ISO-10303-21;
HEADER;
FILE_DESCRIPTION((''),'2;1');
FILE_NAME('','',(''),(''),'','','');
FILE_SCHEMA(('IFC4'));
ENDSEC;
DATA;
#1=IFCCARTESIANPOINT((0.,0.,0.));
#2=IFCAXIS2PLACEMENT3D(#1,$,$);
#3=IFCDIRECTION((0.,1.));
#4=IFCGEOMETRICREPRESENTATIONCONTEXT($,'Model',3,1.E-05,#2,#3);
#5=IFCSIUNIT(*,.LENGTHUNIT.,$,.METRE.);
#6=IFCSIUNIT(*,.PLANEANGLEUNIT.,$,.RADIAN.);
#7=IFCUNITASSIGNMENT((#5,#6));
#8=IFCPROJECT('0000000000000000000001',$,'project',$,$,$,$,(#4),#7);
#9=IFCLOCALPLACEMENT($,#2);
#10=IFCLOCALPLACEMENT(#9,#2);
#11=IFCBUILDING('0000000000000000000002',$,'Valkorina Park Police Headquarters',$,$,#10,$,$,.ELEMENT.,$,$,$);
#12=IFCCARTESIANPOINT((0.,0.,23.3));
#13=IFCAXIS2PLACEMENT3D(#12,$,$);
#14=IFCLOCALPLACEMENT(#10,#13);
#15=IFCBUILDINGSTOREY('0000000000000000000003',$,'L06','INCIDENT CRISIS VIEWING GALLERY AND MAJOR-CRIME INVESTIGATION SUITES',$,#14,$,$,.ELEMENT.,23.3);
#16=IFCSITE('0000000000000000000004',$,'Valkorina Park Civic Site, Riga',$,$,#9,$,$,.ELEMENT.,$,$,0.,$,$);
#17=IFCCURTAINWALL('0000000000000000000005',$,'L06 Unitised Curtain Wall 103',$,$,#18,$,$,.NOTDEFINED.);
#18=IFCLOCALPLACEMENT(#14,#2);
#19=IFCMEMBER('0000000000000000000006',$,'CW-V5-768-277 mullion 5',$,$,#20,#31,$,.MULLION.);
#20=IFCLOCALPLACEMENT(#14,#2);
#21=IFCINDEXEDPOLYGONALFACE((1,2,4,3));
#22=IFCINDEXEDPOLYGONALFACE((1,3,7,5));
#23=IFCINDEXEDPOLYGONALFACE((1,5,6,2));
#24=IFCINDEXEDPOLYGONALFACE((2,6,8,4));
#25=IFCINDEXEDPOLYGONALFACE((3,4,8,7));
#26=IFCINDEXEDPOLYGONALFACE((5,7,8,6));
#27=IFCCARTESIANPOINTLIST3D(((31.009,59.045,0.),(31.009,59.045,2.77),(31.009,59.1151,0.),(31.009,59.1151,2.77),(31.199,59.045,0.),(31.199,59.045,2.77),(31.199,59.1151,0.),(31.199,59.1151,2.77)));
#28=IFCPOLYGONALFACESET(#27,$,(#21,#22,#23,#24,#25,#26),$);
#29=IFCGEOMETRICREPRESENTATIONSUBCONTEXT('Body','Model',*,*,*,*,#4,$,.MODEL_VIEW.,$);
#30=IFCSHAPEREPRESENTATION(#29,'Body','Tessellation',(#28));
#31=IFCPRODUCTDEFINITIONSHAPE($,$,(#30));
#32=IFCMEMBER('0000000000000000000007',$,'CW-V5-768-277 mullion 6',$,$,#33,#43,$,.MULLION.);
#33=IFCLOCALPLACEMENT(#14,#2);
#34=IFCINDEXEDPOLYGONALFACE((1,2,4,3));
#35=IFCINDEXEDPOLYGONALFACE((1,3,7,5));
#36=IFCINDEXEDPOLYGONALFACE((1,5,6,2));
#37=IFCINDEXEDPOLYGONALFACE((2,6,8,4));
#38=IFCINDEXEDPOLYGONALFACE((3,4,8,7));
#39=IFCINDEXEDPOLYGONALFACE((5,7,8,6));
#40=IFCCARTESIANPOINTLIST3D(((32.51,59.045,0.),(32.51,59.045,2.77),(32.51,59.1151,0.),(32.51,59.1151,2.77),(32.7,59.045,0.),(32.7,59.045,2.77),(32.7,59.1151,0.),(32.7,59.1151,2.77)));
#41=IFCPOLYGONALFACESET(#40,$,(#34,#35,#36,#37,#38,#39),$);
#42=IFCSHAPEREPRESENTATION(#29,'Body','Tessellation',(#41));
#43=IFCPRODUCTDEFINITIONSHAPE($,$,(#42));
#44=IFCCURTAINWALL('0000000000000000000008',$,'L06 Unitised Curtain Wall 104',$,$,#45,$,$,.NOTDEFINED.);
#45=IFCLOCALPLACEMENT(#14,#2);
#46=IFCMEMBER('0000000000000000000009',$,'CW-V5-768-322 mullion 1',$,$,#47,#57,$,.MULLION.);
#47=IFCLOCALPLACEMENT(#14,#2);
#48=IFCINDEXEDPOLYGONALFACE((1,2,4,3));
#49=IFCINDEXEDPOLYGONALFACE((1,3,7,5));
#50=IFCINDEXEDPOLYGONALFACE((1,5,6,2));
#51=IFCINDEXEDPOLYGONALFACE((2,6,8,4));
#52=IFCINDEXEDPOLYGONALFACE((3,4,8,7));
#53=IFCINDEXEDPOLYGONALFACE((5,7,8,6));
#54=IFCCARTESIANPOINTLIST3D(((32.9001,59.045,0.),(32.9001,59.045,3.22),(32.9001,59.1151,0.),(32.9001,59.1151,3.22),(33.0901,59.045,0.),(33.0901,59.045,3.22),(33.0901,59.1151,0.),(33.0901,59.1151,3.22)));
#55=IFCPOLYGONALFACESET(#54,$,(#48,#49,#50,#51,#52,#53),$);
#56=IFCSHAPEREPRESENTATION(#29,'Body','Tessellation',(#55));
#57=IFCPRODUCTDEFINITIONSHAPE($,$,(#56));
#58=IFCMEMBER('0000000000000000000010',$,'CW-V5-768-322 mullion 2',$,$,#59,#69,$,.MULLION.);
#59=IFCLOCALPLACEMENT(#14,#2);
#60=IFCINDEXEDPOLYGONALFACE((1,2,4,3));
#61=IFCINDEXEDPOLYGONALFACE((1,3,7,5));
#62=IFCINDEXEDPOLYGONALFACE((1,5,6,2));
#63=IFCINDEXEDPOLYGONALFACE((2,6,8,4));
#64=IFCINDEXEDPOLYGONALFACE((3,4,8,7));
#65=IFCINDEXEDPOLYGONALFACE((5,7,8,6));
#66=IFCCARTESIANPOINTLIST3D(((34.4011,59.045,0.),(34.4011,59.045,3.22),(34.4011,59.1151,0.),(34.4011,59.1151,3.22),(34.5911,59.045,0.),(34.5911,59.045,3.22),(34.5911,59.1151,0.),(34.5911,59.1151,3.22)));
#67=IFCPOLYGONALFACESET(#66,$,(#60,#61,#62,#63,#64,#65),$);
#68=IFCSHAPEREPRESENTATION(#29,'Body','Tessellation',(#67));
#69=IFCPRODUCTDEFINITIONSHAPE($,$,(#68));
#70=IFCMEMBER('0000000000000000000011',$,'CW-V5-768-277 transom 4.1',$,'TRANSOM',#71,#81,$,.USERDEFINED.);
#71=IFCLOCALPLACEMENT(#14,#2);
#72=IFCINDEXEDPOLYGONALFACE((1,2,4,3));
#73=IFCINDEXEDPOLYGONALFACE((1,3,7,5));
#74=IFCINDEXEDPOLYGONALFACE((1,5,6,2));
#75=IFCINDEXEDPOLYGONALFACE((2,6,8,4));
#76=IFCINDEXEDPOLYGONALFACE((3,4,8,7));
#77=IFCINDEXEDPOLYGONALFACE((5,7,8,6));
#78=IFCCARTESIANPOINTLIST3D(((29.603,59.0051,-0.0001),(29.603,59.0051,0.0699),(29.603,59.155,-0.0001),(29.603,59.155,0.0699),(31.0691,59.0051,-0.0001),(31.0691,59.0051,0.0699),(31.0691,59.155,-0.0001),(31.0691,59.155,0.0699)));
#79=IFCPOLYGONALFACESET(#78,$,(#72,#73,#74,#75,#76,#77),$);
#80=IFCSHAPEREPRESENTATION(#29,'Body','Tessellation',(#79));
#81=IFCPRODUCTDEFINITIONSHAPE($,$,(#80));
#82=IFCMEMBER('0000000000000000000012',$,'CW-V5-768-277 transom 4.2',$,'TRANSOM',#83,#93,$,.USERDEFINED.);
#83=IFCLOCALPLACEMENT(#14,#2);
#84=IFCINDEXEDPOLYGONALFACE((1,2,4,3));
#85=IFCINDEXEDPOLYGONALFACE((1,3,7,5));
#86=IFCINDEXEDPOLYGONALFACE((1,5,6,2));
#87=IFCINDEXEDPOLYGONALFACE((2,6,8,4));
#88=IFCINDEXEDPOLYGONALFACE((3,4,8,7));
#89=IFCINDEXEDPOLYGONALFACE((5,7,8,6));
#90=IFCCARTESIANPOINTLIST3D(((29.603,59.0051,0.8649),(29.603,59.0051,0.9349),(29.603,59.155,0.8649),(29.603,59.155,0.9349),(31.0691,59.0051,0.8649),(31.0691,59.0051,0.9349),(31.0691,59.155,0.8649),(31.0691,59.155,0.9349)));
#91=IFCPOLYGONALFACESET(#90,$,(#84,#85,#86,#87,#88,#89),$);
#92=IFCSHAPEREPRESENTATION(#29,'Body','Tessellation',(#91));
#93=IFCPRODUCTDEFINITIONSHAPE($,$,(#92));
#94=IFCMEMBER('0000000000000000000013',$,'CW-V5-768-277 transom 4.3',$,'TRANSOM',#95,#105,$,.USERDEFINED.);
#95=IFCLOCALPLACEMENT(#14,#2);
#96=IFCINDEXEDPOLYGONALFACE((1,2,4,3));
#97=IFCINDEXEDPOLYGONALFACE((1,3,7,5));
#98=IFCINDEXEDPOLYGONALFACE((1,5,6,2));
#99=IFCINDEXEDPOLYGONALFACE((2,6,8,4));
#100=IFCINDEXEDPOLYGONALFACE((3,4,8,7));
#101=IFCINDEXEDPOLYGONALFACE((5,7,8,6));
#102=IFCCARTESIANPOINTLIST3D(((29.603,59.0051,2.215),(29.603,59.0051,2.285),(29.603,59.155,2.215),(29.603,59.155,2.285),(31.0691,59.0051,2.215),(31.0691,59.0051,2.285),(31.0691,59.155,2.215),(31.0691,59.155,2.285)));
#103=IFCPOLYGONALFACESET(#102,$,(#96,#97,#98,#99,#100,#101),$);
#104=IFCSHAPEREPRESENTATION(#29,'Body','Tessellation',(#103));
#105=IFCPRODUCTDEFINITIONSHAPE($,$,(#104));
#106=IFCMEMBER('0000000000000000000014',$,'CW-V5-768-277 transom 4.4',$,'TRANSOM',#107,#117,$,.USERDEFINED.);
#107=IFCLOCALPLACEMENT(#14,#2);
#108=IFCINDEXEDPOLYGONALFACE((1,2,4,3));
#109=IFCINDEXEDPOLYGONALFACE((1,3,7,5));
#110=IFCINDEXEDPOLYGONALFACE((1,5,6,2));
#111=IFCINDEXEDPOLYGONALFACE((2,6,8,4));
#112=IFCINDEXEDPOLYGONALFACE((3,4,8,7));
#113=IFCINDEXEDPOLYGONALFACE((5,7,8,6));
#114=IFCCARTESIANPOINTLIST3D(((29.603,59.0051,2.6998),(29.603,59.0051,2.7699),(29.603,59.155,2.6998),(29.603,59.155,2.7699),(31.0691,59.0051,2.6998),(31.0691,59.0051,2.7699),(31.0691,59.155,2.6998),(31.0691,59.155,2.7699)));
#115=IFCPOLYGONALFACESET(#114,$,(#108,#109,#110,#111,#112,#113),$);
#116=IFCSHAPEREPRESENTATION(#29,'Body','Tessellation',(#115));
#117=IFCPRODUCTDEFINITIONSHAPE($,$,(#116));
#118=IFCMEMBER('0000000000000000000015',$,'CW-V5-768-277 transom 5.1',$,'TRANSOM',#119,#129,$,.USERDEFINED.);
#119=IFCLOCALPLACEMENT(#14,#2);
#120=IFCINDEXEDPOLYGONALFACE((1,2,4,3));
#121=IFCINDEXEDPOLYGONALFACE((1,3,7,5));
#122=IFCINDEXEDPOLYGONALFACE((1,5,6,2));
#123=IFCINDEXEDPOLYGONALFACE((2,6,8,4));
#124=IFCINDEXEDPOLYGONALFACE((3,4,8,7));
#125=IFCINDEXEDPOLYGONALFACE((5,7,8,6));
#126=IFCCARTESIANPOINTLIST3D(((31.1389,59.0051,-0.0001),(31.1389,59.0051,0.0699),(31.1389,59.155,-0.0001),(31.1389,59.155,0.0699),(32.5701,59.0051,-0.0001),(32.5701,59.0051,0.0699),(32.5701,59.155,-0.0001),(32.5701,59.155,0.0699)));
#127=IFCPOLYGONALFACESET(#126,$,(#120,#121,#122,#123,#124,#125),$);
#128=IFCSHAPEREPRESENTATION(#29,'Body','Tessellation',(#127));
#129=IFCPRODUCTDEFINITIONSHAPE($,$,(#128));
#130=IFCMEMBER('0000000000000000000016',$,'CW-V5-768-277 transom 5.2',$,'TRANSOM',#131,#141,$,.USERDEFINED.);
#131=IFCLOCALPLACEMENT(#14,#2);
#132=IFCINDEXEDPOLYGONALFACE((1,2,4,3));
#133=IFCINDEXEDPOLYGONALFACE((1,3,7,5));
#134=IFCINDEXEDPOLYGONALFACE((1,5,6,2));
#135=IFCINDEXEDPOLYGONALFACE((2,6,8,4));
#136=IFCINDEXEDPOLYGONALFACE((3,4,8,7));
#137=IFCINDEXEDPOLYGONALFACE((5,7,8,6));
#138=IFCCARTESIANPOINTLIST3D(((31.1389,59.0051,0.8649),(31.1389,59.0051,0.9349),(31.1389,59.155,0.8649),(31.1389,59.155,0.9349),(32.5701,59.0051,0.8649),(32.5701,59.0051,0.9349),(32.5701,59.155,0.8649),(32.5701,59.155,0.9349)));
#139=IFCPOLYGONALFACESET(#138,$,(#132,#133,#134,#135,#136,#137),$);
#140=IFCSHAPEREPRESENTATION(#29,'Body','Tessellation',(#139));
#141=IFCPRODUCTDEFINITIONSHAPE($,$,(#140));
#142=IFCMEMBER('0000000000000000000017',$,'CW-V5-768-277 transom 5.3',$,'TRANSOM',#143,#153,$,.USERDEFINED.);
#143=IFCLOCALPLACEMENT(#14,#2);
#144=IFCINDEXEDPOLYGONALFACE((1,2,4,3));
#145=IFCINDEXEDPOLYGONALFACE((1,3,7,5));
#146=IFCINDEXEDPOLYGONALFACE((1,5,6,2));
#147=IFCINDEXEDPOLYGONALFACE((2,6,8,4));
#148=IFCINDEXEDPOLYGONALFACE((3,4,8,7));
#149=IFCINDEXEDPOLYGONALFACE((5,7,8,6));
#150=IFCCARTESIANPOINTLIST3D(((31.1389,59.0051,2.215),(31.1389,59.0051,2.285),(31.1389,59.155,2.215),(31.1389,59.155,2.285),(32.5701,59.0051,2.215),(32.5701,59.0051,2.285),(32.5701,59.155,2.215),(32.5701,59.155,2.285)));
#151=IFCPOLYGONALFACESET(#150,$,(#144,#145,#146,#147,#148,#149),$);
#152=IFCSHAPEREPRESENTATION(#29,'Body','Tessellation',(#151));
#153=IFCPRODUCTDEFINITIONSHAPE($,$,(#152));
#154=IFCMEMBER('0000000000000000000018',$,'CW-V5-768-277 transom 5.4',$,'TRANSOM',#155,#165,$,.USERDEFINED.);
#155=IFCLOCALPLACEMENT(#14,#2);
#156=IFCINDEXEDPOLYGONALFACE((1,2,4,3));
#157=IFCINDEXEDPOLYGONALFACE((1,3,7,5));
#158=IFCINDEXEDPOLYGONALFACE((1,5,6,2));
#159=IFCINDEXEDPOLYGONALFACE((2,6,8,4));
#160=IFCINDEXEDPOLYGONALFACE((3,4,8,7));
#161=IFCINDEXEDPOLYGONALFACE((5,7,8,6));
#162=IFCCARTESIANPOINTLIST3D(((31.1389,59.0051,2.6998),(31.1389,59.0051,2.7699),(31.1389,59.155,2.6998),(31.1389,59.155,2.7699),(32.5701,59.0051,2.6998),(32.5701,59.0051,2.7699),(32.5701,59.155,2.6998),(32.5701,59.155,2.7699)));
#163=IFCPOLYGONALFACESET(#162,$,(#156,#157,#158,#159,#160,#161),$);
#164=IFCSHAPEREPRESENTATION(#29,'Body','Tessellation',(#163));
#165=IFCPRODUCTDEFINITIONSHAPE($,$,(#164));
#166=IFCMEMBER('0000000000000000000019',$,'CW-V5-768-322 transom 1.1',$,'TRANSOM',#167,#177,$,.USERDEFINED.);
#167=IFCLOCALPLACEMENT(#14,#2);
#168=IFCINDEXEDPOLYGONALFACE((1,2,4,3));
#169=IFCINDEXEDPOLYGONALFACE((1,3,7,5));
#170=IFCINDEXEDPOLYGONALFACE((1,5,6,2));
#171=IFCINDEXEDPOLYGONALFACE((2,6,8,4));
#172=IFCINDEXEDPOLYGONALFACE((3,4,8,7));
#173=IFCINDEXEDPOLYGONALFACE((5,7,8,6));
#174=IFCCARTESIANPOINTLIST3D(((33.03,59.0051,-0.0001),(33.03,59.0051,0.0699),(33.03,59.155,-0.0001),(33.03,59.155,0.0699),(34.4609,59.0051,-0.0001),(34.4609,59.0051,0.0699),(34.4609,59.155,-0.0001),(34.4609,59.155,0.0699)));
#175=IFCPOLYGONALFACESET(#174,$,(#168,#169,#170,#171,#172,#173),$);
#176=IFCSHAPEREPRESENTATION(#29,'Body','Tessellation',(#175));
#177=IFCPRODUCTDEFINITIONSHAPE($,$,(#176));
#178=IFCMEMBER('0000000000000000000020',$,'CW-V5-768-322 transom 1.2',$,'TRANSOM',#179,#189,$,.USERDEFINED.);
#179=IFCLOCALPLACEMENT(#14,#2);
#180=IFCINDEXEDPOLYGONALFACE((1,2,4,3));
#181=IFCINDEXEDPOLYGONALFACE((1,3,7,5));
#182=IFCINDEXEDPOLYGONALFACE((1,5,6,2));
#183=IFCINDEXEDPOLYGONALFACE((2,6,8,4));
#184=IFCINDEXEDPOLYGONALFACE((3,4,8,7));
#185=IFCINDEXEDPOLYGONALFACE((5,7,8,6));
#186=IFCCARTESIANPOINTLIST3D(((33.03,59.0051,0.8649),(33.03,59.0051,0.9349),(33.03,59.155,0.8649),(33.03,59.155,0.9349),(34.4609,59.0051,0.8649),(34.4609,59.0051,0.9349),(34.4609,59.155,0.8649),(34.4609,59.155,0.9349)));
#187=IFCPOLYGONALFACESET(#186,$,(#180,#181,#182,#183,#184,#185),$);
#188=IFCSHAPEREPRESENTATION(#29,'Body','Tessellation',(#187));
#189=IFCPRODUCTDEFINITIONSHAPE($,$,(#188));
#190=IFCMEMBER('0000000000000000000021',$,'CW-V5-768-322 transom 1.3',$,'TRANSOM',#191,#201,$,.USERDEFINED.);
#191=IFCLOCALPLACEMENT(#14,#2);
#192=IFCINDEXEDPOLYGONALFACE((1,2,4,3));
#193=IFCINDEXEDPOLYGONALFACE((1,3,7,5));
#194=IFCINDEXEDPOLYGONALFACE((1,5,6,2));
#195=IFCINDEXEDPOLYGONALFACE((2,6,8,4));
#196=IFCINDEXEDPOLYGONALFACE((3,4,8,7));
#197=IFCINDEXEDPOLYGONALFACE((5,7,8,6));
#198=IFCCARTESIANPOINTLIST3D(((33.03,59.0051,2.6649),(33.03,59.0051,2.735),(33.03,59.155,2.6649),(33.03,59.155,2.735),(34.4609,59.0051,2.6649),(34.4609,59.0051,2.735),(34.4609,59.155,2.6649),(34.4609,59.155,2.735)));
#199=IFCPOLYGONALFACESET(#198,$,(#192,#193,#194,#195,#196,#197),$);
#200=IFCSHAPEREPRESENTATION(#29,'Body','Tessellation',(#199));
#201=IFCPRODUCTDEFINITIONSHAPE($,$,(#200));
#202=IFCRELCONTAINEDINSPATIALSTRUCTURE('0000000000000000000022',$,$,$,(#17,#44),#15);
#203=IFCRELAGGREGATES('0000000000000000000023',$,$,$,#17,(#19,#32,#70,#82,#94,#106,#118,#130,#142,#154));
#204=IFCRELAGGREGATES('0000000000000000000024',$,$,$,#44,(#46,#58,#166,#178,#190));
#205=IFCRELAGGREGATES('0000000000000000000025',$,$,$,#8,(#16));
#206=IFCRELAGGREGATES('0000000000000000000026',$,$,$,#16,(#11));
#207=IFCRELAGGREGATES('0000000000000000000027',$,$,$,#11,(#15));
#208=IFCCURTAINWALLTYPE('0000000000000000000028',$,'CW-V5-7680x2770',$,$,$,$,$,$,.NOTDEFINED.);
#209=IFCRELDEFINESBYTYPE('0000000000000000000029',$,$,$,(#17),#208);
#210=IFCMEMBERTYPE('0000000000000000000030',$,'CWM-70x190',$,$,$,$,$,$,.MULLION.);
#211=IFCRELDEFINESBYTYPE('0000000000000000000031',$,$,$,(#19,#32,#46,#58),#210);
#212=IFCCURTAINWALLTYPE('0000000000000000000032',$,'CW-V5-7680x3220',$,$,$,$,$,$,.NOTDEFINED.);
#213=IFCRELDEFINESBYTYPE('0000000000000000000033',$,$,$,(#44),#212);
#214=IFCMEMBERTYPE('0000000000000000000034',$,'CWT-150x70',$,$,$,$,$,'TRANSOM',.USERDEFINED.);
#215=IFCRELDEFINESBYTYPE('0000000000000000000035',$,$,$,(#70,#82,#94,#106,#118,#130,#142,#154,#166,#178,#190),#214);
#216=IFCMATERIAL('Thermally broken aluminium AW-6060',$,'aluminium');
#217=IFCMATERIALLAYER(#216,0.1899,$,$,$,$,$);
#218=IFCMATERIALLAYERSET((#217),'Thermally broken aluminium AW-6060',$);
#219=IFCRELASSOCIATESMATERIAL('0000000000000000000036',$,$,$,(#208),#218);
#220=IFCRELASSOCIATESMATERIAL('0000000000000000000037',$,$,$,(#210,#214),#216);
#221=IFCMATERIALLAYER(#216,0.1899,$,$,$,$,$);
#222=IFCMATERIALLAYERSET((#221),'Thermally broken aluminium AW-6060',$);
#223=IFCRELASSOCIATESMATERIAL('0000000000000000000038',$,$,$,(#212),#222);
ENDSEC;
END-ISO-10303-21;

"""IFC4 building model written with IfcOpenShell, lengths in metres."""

from ifc_helpers import new_model, si_unit, direction, frame, origin, origin_2d, place, context, subcontext, project, spatial, rectangle, extrude, material, layer, layer_set, material_profile, profile_set, type_object, element, aggregate, save


model = new_model("IFC4")

# Units and contexts
model_context = context("Model", 3, precision=1e-05, world=origin(), true_north=direction((0.0, 1.0)))
body_context = subcontext(model_context, "Body", "Model", "MODEL_VIEW")
ifc_project = project(units=[si_unit("LENGTHUNIT", "METRE"), si_unit("PLANEANGLEUNIT", "RADIAN")], contexts=[model_context])

# Site, building, storey
site_placement = place(None, origin())
site = spatial("IfcSite", under=ifc_project, at=site_placement, Name="Valkorina Park Civic Site, Riga", CompositionType="ELEMENT", RefElevation=0.0)
building_placement = place(site_placement, origin())
building = spatial("IfcBuilding", under=site, at=building_placement, Name="Valkorina Park Police Headquarters", CompositionType="ELEMENT")
storey_placement = place(building_placement, frame((0.0, 0.0, 23.3)))
storey = spatial("IfcBuildingStorey", under=building, at=storey_placement, Name="L06", Description="INCIDENT CRISIS VIEWING GALLERY AND MAJOR-CRIME INVESTIGATION SUITES", CompositionType="ELEMENT", Elevation=23.3)

# Curtain walls, members
ifc_material_1 = material(Name="Thermally broken aluminium AW-6060", Category="aluminium")
ifc_layer_1 = layer(ifc_material_1, 0.1899)
ifc_layer_set_1 = layer_set([ifc_layer_1], Name="Thermally broken aluminium AW-6060")
curtain_wall_type_1 = type_object("IfcCurtainWallType", Name="CW-V5-7680x2770", PredefinedType="NOTDEFINED", material=ifc_layer_set_1)
curtain_wall_1_placement = place(storey_placement, origin())
curtain_wall_1 = element("IfcCurtainWall", 1, at=curtain_wall_1_placement, inside=storey, type_object=curtain_wall_type_1, Name="L06 Unitised Curtain Wall 103", PredefinedType="NOTDEFINED")
ifc_material_profile_1 = material_profile(ifc_material_1, rectangle(XDim=0.0701, YDim=0.1899, at=origin_2d()), Name="CWM-02 70x190")
ifc_profile_set_1 = profile_set([ifc_material_profile_1], Name="Thermally broken aluminium AW-6060")
member_type_1 = type_object("IfcMemberType", Name="CWM-70x190", PredefinedType="MULLION", material=ifc_profile_set_1)
member_1_placement = place(storey_placement, frame((31.104, 59.0801, 0.0), z_axis=(0.0, 0.0, 1.0), x_axis=(0.0, 1.0, 0.0)))
member_1 = element("IfcMember", 2, at=member_1_placement, type_object=member_type_1, Name="CW-V5-768-277 mullion 5", PredefinedType="MULLION", context=body_context, shape_type="SweptSolid", body=[
    extrude(rectangle(XDim=0.0701, YDim=0.1899, at=origin_2d()), origin(), (0.0, 0.0, 1.0), 2.77),
])
member_2_placement = place(storey_placement, frame((32.605, 59.0801, 0.0), z_axis=(0.0, 0.0, 1.0), x_axis=(0.0, 1.0, 0.0)))
member_2 = element("IfcMember", 3, at=member_2_placement, type_object=member_type_1, Name="CW-V5-768-277 mullion 6", PredefinedType="MULLION", context=body_context, shape_type="SweptSolid", body=[
    extrude(rectangle(XDim=0.0701, YDim=0.1899, at=origin_2d()), origin(), (0.0, 0.0, 1.0), 2.77),
])
ifc_layer_2 = layer(ifc_material_1, 0.1899)
ifc_layer_set_2 = layer_set([ifc_layer_2], Name="Thermally broken aluminium AW-6060")
curtain_wall_type_2 = type_object("IfcCurtainWallType", Name="CW-V5-7680x3220", PredefinedType="NOTDEFINED", material=ifc_layer_set_2)
curtain_wall_2_placement = place(storey_placement, origin())
curtain_wall_2 = element("IfcCurtainWall", 4, at=curtain_wall_2_placement, inside=storey, type_object=curtain_wall_type_2, Name="L06 Unitised Curtain Wall 104", PredefinedType="NOTDEFINED")
member_3_placement = place(storey_placement, frame((32.9951, 59.0801, 0.0), z_axis=(0.0, 0.0, 1.0), x_axis=(0.0, 1.0, 0.0)))
member_3 = element("IfcMember", 5, at=member_3_placement, type_object=member_type_1, Name="CW-V5-768-322 mullion 1", PredefinedType="MULLION", context=body_context, shape_type="SweptSolid", body=[
    extrude(rectangle(XDim=0.0701, YDim=0.1899, at=origin_2d()), origin(), (0.0, 0.0, 1.0), 3.22),
])
member_4_placement = place(storey_placement, frame((34.4961, 59.0801, 0.0), z_axis=(0.0, 0.0, 1.0), x_axis=(0.0, 1.0, 0.0)))
member_4 = element("IfcMember", 6, at=member_4_placement, type_object=member_type_1, Name="CW-V5-768-322 mullion 2", PredefinedType="MULLION", context=body_context, shape_type="SweptSolid", body=[
    extrude(rectangle(XDim=0.0701, YDim=0.1899, at=origin_2d()), origin(), (0.0, 0.0, 1.0), 3.22),
])

# Members
ifc_material_profile_2 = material_profile(ifc_material_1, rectangle(XDim=0.1499, YDim=0.0701, at=origin_2d()), Name="CWT-02 150x70")
ifc_profile_set_2 = profile_set([ifc_material_profile_2], Name="Thermally broken aluminium AW-6060")
member_type_2 = type_object("IfcMemberType", Name="CWT-150x70", ElementType="TRANSOM", PredefinedType="USERDEFINED", material=ifc_profile_set_2)
member_5_placement = place(storey_placement, frame((29.603, 59.0801, 0.0349), z_axis=(1.0, 0.0, 0.0), x_axis=(0.0, 1.0, 0.0)))
member_5 = element("IfcMember", 7, at=member_5_placement, type_object=member_type_2, Name="CW-V5-768-277 transom 4.1", ObjectType="TRANSOM", PredefinedType="USERDEFINED", context=body_context, shape_type="SweptSolid", body=[
    extrude(rectangle(XDim=0.1499, YDim=0.0701, at=origin_2d()), origin(), (0.0, 0.0, 1.0), 1.4661),
])
member_6_placement = place(storey_placement, frame((29.603, 59.0801, 0.8999), z_axis=(1.0, 0.0, 0.0), x_axis=(0.0, 1.0, 0.0)))
member_6 = element("IfcMember", 8, at=member_6_placement, type_object=member_type_2, Name="CW-V5-768-277 transom 4.2", ObjectType="TRANSOM", PredefinedType="USERDEFINED", context=body_context, shape_type="SweptSolid", body=[
    extrude(rectangle(XDim=0.1499, YDim=0.0701, at=origin_2d()), origin(), (0.0, 0.0, 1.0), 1.4661),
])
member_7_placement = place(storey_placement, frame((29.603, 59.0801, 2.25), z_axis=(1.0, 0.0, 0.0), x_axis=(0.0, 1.0, 0.0)))
member_7 = element("IfcMember", 9, at=member_7_placement, type_object=member_type_2, Name="CW-V5-768-277 transom 4.3", ObjectType="TRANSOM", PredefinedType="USERDEFINED", context=body_context, shape_type="SweptSolid", body=[
    extrude(rectangle(XDim=0.1499, YDim=0.0701, at=origin_2d()), origin(), (0.0, 0.0, 1.0), 1.4661),
])
member_8_placement = place(storey_placement, frame((29.603, 59.0801, 2.7349), z_axis=(1.0, 0.0, 0.0), x_axis=(0.0, 1.0, 0.0)))
member_8 = element("IfcMember", 10, at=member_8_placement, type_object=member_type_2, Name="CW-V5-768-277 transom 4.4", ObjectType="TRANSOM", PredefinedType="USERDEFINED", context=body_context, shape_type="SweptSolid", body=[
    extrude(rectangle(XDim=0.1499, YDim=0.0701, at=origin_2d()), origin(), (0.0, 0.0, 1.0), 1.4661),
])
member_9_placement = place(storey_placement, frame((31.1389, 59.0801, 0.0349), z_axis=(1.0, 0.0, 0.0), x_axis=(0.0, 1.0, 0.0)))
member_9 = element("IfcMember", 11, at=member_9_placement, type_object=member_type_2, Name="CW-V5-768-277 transom 5.1", ObjectType="TRANSOM", PredefinedType="USERDEFINED", context=body_context, shape_type="SweptSolid", body=[
    extrude(rectangle(XDim=0.1499, YDim=0.0701, at=origin_2d()), origin(), (0.0, 0.0, 1.0), 1.4312),
])
member_10_placement = place(storey_placement, frame((31.1389, 59.0801, 0.8999), z_axis=(1.0, 0.0, 0.0), x_axis=(0.0, 1.0, 0.0)))
member_10 = element("IfcMember", 12, at=member_10_placement, type_object=member_type_2, Name="CW-V5-768-277 transom 5.2", ObjectType="TRANSOM", PredefinedType="USERDEFINED", context=body_context, shape_type="SweptSolid", body=[
    extrude(rectangle(XDim=0.1499, YDim=0.0701, at=origin_2d()), origin(), (0.0, 0.0, 1.0), 1.4312),
])
member_11_placement = place(storey_placement, frame((31.1389, 59.0801, 2.25), z_axis=(1.0, 0.0, 0.0), x_axis=(0.0, 1.0, 0.0)))
member_11 = element("IfcMember", 13, at=member_11_placement, type_object=member_type_2, Name="CW-V5-768-277 transom 5.3", ObjectType="TRANSOM", PredefinedType="USERDEFINED", context=body_context, shape_type="SweptSolid", body=[
    extrude(rectangle(XDim=0.1499, YDim=0.0701, at=origin_2d()), origin(), (0.0, 0.0, 1.0), 1.4312),
])
member_12_placement = place(storey_placement, frame((31.1389, 59.0801, 2.7349), z_axis=(1.0, 0.0, 0.0), x_axis=(0.0, 1.0, 0.0)))
member_12 = element("IfcMember", 14, at=member_12_placement, type_object=member_type_2, Name="CW-V5-768-277 transom 5.4", ObjectType="TRANSOM", PredefinedType="USERDEFINED", context=body_context, shape_type="SweptSolid", body=[
    extrude(rectangle(XDim=0.1499, YDim=0.0701, at=origin_2d()), origin(), (0.0, 0.0, 1.0), 1.4312),
])
member_13_placement = place(storey_placement, frame((33.03, 59.0801, 0.0349), z_axis=(1.0, 0.0, 0.0), x_axis=(0.0, 1.0, 0.0)))
member_13 = element("IfcMember", 15, at=member_13_placement, type_object=member_type_2, Name="CW-V5-768-322 transom 1.1", ObjectType="TRANSOM", PredefinedType="USERDEFINED", context=body_context, shape_type="SweptSolid", body=[
    extrude(rectangle(XDim=0.1499, YDim=0.0701, at=origin_2d()), origin(), (0.0, 0.0, 1.0), 1.4309),
])
member_14_placement = place(storey_placement, frame((33.03, 59.0801, 0.8999), z_axis=(1.0, 0.0, 0.0), x_axis=(0.0, 1.0, 0.0)))
member_14 = element("IfcMember", 16, at=member_14_placement, type_object=member_type_2, Name="CW-V5-768-322 transom 1.2", ObjectType="TRANSOM", PredefinedType="USERDEFINED", context=body_context, shape_type="SweptSolid", body=[
    extrude(rectangle(XDim=0.1499, YDim=0.0701, at=origin_2d()), origin(), (0.0, 0.0, 1.0), 1.4309),
])
member_15_placement = place(storey_placement, frame((33.03, 59.0801, 2.7), z_axis=(1.0, 0.0, 0.0), x_axis=(0.0, 1.0, 0.0)))
member_15 = element("IfcMember", 17, at=member_15_placement, type_object=member_type_2, Name="CW-V5-768-322 transom 1.3", ObjectType="TRANSOM", PredefinedType="USERDEFINED", context=body_context, shape_type="SweptSolid", body=[
    extrude(rectangle(XDim=0.1499, YDim=0.0701, at=origin_2d()), origin(), (0.0, 0.0, 1.0), 1.4309),
])

aggregate(curtain_wall_1, [member_1, member_2, member_5, member_6, member_7, member_8, member_9, member_10, member_11, member_12])
aggregate(curtain_wall_2, [member_3, member_4, member_13, member_14, member_15])

save(model, "model.ifc")
